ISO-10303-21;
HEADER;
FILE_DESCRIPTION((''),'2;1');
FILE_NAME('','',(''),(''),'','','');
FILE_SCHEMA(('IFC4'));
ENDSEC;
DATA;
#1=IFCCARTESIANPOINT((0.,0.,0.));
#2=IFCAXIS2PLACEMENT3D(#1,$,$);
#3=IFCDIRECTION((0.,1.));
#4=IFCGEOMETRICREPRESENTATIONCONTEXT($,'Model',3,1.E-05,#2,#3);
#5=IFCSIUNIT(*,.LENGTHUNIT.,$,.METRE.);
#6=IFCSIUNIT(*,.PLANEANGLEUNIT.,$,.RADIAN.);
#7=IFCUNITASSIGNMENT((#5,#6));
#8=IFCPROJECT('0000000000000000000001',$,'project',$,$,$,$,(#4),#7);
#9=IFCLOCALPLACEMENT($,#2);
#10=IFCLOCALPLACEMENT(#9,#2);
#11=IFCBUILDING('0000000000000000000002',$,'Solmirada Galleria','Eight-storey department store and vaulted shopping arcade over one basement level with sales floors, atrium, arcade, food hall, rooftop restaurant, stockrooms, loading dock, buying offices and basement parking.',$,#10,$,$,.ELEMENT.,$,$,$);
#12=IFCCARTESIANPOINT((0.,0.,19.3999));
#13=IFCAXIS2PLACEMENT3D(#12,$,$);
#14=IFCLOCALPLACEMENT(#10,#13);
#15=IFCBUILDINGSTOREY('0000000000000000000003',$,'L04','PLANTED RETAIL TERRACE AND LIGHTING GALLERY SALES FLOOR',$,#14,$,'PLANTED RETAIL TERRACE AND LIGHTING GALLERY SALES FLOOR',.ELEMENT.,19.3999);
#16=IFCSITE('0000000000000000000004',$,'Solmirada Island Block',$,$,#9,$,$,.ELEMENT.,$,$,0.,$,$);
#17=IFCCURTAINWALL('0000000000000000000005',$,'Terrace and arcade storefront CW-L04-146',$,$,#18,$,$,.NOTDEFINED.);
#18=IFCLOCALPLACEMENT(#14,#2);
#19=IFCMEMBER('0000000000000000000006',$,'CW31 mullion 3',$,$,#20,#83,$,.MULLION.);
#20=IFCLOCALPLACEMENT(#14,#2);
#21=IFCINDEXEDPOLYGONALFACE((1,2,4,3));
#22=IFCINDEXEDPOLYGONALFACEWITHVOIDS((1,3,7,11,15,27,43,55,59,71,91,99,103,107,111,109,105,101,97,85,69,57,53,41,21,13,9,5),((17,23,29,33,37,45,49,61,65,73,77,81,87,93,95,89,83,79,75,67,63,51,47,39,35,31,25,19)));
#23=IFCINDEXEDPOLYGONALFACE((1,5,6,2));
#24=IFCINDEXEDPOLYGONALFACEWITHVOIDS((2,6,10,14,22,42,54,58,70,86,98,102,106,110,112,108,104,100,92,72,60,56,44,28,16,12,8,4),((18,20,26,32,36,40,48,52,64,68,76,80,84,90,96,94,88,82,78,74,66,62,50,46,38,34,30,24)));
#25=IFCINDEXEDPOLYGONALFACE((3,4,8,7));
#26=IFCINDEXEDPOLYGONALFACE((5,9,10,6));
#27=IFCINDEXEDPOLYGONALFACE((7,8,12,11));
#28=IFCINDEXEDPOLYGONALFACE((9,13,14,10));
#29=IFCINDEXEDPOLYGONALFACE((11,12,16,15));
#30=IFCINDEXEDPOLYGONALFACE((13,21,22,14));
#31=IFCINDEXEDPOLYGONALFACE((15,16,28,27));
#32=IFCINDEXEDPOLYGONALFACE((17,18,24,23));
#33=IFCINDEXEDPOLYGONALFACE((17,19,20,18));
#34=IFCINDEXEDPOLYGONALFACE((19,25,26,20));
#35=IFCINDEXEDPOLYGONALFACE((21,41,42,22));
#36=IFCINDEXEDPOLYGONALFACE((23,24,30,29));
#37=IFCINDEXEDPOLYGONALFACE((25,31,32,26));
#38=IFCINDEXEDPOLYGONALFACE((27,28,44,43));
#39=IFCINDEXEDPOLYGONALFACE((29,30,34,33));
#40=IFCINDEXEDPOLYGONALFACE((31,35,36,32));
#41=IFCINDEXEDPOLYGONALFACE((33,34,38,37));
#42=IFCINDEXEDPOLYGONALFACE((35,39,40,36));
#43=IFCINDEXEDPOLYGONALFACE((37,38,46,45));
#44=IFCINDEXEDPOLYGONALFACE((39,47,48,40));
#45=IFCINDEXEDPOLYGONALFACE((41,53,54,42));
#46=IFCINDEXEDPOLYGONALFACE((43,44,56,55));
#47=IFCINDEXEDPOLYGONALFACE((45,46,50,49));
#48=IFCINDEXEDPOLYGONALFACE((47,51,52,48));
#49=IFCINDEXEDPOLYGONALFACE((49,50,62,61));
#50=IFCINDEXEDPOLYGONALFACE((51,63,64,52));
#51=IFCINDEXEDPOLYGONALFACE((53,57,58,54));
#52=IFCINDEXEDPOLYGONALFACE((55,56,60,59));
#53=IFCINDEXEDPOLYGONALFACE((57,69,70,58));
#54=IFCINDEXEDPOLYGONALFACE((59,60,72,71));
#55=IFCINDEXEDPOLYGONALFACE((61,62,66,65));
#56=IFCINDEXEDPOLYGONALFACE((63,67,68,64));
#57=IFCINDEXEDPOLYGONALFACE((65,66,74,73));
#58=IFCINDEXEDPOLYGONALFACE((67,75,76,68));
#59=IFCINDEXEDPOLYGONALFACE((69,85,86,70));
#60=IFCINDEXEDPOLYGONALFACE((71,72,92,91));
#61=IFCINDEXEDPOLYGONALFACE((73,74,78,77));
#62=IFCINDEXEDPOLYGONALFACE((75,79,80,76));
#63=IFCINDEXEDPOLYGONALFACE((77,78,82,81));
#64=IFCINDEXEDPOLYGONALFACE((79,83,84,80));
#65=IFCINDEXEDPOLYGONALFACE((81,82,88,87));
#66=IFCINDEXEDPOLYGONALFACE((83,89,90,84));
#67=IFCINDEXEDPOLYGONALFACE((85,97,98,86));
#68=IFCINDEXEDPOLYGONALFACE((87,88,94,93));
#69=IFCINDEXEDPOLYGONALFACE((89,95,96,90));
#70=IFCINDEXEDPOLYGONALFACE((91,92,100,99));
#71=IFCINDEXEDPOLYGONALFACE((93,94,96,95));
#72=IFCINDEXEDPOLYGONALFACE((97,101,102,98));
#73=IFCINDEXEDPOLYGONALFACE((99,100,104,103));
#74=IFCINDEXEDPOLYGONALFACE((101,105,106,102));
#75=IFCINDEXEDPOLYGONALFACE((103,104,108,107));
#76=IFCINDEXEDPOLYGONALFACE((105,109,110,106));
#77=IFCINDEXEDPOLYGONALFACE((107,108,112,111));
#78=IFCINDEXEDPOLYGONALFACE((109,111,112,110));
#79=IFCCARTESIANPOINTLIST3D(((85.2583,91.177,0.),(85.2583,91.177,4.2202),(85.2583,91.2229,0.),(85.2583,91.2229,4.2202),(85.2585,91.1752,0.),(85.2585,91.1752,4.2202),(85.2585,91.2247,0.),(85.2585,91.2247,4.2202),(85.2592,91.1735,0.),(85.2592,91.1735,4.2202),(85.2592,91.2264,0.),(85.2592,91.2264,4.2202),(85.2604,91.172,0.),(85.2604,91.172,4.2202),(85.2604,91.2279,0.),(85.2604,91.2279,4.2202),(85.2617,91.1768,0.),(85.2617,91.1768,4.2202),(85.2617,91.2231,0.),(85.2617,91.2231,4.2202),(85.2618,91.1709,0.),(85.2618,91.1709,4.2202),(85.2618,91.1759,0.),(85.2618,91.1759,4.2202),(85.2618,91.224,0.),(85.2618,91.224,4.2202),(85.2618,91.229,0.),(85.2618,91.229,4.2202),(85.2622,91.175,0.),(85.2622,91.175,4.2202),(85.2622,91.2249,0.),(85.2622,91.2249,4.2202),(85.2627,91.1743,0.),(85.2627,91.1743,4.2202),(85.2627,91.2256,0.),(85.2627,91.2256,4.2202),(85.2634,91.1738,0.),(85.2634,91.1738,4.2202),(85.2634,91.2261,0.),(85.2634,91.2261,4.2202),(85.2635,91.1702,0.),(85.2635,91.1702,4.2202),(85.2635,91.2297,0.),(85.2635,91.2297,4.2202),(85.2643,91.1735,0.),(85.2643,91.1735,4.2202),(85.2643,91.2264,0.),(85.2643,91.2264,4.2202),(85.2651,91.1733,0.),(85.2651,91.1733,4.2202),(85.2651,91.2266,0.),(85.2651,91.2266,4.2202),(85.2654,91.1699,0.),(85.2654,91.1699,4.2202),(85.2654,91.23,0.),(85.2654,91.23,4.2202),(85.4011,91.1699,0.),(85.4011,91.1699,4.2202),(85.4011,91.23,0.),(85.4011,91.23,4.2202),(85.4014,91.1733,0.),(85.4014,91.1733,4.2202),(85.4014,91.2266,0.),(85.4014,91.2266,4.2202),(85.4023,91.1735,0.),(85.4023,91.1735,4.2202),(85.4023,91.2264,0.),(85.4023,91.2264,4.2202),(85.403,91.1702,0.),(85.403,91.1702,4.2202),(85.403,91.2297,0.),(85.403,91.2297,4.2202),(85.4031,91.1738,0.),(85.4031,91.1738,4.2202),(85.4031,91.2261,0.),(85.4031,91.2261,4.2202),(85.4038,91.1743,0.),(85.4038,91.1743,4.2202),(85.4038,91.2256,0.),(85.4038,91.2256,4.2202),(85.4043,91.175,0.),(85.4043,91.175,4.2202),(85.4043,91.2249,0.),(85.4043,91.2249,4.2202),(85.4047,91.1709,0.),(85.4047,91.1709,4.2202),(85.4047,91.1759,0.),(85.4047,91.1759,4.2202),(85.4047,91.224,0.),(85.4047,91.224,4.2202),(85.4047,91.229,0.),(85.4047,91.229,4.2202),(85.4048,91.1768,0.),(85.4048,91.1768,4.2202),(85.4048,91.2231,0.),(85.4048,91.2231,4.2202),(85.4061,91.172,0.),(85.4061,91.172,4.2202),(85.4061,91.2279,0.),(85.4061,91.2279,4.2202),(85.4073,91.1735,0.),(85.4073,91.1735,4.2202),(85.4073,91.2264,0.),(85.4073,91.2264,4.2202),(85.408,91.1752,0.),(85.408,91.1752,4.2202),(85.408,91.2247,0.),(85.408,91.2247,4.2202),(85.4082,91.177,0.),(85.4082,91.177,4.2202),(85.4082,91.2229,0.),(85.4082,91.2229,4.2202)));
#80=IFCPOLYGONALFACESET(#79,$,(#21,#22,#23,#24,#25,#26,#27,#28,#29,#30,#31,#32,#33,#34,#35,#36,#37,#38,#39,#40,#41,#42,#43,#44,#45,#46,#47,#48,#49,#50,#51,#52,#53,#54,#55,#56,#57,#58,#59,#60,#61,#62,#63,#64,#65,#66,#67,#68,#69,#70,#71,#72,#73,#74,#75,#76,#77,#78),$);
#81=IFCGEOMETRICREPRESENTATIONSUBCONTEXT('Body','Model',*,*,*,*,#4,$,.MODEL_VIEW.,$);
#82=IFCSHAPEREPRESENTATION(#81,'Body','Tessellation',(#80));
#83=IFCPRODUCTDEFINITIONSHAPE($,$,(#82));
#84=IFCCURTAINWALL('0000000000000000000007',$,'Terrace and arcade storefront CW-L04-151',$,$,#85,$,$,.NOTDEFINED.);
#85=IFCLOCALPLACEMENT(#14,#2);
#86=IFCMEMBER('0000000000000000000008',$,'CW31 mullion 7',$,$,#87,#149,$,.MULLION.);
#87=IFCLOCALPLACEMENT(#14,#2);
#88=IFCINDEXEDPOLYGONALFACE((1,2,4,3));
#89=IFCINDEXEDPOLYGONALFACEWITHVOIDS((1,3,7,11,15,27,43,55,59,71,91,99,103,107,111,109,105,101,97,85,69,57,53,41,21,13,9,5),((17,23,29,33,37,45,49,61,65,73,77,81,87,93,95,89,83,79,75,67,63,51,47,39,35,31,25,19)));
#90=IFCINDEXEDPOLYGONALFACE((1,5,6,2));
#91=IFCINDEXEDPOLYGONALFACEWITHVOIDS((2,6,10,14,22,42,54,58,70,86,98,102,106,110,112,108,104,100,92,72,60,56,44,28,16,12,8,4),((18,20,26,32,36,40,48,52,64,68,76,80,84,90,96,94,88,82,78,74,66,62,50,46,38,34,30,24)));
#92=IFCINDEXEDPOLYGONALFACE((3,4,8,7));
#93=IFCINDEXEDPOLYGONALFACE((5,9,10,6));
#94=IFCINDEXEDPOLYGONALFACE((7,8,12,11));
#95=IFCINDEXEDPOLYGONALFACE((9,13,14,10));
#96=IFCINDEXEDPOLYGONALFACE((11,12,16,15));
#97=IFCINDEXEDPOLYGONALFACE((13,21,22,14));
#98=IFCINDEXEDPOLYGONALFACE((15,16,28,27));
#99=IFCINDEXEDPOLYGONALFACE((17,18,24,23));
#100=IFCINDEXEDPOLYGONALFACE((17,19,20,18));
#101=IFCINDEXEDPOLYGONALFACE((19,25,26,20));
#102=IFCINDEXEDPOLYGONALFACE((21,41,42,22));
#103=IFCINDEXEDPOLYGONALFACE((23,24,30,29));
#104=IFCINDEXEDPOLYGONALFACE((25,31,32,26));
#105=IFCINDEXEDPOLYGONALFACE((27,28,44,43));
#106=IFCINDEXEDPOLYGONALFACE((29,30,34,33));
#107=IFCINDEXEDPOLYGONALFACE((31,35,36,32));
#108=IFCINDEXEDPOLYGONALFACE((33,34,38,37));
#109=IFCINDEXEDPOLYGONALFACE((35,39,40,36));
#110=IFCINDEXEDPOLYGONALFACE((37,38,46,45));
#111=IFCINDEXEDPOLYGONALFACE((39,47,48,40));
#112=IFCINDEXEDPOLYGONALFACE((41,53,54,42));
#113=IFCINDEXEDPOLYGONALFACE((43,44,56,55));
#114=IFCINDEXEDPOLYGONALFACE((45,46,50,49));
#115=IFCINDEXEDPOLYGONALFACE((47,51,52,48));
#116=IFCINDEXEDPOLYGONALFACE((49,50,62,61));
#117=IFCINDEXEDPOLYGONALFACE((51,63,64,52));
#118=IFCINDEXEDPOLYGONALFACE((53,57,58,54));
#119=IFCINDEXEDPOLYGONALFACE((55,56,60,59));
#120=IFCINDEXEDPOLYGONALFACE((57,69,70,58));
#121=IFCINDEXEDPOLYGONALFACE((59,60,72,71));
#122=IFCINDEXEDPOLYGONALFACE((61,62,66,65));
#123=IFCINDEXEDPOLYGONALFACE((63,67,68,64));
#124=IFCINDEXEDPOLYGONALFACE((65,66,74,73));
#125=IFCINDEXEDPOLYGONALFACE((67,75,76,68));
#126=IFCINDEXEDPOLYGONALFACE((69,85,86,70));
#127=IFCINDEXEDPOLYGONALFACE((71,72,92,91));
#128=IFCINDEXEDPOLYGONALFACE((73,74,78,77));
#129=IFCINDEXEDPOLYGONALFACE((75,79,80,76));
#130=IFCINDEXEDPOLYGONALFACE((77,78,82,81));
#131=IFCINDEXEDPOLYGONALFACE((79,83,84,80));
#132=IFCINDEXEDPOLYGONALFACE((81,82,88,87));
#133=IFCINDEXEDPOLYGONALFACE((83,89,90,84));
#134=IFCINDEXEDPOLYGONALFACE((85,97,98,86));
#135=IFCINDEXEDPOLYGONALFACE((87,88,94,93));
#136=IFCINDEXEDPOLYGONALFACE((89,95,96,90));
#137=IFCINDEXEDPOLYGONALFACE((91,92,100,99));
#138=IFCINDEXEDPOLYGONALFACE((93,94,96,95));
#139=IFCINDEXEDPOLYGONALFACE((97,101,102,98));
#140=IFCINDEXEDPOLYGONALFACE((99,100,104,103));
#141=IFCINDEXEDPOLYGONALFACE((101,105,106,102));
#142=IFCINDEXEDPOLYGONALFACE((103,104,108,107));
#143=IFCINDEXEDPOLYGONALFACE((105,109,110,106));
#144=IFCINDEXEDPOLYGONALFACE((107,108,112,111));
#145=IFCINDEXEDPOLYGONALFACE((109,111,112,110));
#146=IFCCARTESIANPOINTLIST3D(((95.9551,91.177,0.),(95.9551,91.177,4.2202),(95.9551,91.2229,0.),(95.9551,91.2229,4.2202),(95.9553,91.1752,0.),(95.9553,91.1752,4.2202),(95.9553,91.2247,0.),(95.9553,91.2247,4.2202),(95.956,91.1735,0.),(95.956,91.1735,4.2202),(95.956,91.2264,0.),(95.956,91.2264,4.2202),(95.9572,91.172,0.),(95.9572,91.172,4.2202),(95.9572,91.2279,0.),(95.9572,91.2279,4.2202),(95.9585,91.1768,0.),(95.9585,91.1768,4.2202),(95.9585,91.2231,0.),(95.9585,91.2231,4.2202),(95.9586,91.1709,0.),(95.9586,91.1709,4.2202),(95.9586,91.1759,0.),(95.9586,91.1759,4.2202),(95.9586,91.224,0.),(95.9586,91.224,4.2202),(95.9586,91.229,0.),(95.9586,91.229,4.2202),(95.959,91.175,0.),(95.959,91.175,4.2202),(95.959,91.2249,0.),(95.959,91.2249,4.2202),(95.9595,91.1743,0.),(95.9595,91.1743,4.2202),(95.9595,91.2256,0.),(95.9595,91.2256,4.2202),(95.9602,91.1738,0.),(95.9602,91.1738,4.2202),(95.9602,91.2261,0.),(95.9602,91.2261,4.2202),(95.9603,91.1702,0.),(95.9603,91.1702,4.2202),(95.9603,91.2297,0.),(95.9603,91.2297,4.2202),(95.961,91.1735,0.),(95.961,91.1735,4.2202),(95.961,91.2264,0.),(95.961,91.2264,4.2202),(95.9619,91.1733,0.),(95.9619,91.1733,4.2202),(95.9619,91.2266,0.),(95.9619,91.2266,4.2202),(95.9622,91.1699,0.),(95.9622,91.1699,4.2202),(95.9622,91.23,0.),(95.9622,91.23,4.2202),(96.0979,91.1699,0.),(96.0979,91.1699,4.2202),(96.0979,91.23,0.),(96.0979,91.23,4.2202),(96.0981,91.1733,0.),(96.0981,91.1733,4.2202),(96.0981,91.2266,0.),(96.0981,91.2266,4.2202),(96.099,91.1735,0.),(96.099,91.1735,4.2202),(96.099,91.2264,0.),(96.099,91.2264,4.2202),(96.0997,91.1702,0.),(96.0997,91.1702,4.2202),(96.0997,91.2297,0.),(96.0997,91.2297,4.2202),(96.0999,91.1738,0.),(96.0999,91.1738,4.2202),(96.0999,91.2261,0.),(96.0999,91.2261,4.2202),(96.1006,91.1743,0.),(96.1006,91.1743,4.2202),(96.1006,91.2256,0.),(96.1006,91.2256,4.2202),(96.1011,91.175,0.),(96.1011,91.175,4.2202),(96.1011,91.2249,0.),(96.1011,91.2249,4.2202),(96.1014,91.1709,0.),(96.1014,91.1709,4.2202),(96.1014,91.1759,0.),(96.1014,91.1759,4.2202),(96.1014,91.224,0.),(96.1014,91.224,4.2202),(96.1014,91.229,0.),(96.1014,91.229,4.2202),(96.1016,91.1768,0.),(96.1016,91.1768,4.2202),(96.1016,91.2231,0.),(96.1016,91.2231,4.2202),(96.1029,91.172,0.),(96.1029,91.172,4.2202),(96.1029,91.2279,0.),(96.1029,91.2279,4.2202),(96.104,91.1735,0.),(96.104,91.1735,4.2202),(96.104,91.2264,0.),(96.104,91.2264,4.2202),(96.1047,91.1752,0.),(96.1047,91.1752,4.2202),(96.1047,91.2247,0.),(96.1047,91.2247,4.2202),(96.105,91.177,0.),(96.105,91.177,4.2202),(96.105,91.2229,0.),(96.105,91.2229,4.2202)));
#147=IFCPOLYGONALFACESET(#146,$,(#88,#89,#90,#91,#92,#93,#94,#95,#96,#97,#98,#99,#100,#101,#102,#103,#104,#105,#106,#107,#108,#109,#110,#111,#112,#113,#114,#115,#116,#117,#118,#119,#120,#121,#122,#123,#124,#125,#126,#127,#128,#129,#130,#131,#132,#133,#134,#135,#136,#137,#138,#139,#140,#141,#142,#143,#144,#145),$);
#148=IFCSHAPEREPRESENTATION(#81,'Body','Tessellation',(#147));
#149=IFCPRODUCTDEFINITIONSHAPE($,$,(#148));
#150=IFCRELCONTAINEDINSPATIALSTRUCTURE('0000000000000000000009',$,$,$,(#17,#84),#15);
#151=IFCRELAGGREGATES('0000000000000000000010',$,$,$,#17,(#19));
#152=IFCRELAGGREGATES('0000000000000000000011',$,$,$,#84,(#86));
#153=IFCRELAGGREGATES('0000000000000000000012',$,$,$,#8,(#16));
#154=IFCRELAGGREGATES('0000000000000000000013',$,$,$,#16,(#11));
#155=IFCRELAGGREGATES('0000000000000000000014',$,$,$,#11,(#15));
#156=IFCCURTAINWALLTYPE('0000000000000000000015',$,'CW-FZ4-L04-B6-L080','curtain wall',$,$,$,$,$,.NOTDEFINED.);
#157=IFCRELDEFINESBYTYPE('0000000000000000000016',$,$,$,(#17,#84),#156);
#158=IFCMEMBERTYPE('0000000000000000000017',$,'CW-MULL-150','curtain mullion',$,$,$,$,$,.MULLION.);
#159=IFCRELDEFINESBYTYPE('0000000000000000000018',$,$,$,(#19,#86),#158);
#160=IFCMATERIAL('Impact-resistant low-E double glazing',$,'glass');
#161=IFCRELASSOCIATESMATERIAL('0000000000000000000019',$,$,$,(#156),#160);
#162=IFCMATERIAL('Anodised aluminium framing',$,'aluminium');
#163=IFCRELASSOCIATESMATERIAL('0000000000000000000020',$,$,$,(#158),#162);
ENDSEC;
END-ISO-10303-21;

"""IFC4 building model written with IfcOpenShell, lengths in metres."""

from ifc_helpers import new_model, si_unit, direction, frame, origin, origin_2d, place, context, subcontext, project, spatial, hollow_rectangle, extrude, material, material_profile, profile_set, type_object, element, aggregate, save


model = new_model("IFC4")

# Units and contexts
model_context = context("Model", 3, precision=1e-05, world=origin(), true_north=direction((0.0, 1.0)))
body_context = subcontext(model_context, "Body", "Model", "MODEL_VIEW")
ifc_project = project(units=[si_unit("LENGTHUNIT", "METRE"), si_unit("PLANEANGLEUNIT", "RADIAN")], contexts=[model_context])

# Site, building, storey
site_placement = place(None, origin())
site = spatial("IfcSite", under=ifc_project, at=site_placement, Name="Solmirada Island Block", CompositionType="ELEMENT", RefElevation=0.0)
building_placement = place(site_placement, origin())
building = spatial("IfcBuilding", under=site, at=building_placement, Name="Solmirada Galleria", Description="Eight-storey department store and vaulted shopping arcade over one basement level with sales floors, atrium, arcade, food hall, rooftop restaurant, stockrooms, loading dock, buying offices and basement parking.", CompositionType="ELEMENT")
storey_placement = place(building_placement, frame((0.0, 0.0, 19.3999)))
storey = spatial("IfcBuildingStorey", under=building, at=storey_placement, Name="L04", Description="PLANTED RETAIL TERRACE AND LIGHTING GALLERY SALES FLOOR", LongName="PLANTED RETAIL TERRACE AND LIGHTING GALLERY SALES FLOOR", CompositionType="ELEMENT", Elevation=19.3999)

# Curtain wall, member
ifc_material_1 = material(Name="Impact-resistant low-E double glazing", Category="glass")
curtain_wall_type = type_object("IfcCurtainWallType", Name="CW-FZ4-L04-B6-L080", Description="curtain wall", PredefinedType="NOTDEFINED", material=ifc_material_1)
curtain_wall_1_placement = place(storey_placement, origin())
curtain_wall_1 = element("IfcCurtainWall", 1, at=curtain_wall_1_placement, inside=storey, type_object=curtain_wall_type, Name="Terrace and arcade storefront CW-L04-146", PredefinedType="NOTDEFINED")
ifc_material_2 = material(Name="Anodised aluminium framing", Category="aluminium")
ifc_material_profile_1 = material_profile(ifc_material_2, hollow_rectangle(XDim=0.0601, YDim=0.1499, WallThickness=0.0034, InnerFilletRadius=0.0034, OuterFilletRadius=0.0071, at=origin_2d()), Name="ALU-MULL-150X60")
ifc_profile_set_1 = profile_set([ifc_material_profile_1], Name="Anodised aluminium framing")
member_type_1 = type_object("IfcMemberType", Name="CW-MULL-150", Description="curtain mullion", PredefinedType="MULLION", material=ifc_profile_set_1)
member_1_placement = place(storey_placement, frame((85.3333, 91.2, 0.0), z_axis=(0.0, 0.0, 1.0), x_axis=(0.0, -1.0, 0.0)))
member_1 = element("IfcMember", 2, at=member_1_placement, type_object=member_type_1, Name="CW31 mullion 3", PredefinedType="MULLION", context=body_context, shape_type="SweptSolid", body=[
    extrude(hollow_rectangle(XDim=0.0601, YDim=0.1499, WallThickness=0.0034, InnerFilletRadius=0.0034, OuterFilletRadius=0.0071, at=origin_2d()), origin(), (0.0, 0.0, 1.0), 4.2202),
])

# Curtain wall, member
curtain_wall_2_placement = place(storey_placement, origin())
curtain_wall_2 = element("IfcCurtainWall", 3, at=curtain_wall_2_placement, inside=storey, type_object=curtain_wall_type, Name="Terrace and arcade storefront CW-L04-151", PredefinedType="NOTDEFINED")
member_2_placement = place(storey_placement, frame((96.03, 91.2, 0.0), z_axis=(0.0, 0.0, 1.0), x_axis=(0.0, -1.0, 0.0)))
member_2 = element("IfcMember", 4, at=member_2_placement, type_object=member_type_1, Name="CW31 mullion 7", PredefinedType="MULLION", context=body_context, shape_type="SweptSolid", body=[
    extrude(hollow_rectangle(XDim=0.0601, YDim=0.1499, WallThickness=0.0034, InnerFilletRadius=0.0034, OuterFilletRadius=0.0071, at=origin_2d()), origin(), (0.0, 0.0, 1.0), 4.2202),
])

aggregate(curtain_wall_1, [member_1])
aggregate(curtain_wall_2, [member_2])

save(model, "model.ifc")
